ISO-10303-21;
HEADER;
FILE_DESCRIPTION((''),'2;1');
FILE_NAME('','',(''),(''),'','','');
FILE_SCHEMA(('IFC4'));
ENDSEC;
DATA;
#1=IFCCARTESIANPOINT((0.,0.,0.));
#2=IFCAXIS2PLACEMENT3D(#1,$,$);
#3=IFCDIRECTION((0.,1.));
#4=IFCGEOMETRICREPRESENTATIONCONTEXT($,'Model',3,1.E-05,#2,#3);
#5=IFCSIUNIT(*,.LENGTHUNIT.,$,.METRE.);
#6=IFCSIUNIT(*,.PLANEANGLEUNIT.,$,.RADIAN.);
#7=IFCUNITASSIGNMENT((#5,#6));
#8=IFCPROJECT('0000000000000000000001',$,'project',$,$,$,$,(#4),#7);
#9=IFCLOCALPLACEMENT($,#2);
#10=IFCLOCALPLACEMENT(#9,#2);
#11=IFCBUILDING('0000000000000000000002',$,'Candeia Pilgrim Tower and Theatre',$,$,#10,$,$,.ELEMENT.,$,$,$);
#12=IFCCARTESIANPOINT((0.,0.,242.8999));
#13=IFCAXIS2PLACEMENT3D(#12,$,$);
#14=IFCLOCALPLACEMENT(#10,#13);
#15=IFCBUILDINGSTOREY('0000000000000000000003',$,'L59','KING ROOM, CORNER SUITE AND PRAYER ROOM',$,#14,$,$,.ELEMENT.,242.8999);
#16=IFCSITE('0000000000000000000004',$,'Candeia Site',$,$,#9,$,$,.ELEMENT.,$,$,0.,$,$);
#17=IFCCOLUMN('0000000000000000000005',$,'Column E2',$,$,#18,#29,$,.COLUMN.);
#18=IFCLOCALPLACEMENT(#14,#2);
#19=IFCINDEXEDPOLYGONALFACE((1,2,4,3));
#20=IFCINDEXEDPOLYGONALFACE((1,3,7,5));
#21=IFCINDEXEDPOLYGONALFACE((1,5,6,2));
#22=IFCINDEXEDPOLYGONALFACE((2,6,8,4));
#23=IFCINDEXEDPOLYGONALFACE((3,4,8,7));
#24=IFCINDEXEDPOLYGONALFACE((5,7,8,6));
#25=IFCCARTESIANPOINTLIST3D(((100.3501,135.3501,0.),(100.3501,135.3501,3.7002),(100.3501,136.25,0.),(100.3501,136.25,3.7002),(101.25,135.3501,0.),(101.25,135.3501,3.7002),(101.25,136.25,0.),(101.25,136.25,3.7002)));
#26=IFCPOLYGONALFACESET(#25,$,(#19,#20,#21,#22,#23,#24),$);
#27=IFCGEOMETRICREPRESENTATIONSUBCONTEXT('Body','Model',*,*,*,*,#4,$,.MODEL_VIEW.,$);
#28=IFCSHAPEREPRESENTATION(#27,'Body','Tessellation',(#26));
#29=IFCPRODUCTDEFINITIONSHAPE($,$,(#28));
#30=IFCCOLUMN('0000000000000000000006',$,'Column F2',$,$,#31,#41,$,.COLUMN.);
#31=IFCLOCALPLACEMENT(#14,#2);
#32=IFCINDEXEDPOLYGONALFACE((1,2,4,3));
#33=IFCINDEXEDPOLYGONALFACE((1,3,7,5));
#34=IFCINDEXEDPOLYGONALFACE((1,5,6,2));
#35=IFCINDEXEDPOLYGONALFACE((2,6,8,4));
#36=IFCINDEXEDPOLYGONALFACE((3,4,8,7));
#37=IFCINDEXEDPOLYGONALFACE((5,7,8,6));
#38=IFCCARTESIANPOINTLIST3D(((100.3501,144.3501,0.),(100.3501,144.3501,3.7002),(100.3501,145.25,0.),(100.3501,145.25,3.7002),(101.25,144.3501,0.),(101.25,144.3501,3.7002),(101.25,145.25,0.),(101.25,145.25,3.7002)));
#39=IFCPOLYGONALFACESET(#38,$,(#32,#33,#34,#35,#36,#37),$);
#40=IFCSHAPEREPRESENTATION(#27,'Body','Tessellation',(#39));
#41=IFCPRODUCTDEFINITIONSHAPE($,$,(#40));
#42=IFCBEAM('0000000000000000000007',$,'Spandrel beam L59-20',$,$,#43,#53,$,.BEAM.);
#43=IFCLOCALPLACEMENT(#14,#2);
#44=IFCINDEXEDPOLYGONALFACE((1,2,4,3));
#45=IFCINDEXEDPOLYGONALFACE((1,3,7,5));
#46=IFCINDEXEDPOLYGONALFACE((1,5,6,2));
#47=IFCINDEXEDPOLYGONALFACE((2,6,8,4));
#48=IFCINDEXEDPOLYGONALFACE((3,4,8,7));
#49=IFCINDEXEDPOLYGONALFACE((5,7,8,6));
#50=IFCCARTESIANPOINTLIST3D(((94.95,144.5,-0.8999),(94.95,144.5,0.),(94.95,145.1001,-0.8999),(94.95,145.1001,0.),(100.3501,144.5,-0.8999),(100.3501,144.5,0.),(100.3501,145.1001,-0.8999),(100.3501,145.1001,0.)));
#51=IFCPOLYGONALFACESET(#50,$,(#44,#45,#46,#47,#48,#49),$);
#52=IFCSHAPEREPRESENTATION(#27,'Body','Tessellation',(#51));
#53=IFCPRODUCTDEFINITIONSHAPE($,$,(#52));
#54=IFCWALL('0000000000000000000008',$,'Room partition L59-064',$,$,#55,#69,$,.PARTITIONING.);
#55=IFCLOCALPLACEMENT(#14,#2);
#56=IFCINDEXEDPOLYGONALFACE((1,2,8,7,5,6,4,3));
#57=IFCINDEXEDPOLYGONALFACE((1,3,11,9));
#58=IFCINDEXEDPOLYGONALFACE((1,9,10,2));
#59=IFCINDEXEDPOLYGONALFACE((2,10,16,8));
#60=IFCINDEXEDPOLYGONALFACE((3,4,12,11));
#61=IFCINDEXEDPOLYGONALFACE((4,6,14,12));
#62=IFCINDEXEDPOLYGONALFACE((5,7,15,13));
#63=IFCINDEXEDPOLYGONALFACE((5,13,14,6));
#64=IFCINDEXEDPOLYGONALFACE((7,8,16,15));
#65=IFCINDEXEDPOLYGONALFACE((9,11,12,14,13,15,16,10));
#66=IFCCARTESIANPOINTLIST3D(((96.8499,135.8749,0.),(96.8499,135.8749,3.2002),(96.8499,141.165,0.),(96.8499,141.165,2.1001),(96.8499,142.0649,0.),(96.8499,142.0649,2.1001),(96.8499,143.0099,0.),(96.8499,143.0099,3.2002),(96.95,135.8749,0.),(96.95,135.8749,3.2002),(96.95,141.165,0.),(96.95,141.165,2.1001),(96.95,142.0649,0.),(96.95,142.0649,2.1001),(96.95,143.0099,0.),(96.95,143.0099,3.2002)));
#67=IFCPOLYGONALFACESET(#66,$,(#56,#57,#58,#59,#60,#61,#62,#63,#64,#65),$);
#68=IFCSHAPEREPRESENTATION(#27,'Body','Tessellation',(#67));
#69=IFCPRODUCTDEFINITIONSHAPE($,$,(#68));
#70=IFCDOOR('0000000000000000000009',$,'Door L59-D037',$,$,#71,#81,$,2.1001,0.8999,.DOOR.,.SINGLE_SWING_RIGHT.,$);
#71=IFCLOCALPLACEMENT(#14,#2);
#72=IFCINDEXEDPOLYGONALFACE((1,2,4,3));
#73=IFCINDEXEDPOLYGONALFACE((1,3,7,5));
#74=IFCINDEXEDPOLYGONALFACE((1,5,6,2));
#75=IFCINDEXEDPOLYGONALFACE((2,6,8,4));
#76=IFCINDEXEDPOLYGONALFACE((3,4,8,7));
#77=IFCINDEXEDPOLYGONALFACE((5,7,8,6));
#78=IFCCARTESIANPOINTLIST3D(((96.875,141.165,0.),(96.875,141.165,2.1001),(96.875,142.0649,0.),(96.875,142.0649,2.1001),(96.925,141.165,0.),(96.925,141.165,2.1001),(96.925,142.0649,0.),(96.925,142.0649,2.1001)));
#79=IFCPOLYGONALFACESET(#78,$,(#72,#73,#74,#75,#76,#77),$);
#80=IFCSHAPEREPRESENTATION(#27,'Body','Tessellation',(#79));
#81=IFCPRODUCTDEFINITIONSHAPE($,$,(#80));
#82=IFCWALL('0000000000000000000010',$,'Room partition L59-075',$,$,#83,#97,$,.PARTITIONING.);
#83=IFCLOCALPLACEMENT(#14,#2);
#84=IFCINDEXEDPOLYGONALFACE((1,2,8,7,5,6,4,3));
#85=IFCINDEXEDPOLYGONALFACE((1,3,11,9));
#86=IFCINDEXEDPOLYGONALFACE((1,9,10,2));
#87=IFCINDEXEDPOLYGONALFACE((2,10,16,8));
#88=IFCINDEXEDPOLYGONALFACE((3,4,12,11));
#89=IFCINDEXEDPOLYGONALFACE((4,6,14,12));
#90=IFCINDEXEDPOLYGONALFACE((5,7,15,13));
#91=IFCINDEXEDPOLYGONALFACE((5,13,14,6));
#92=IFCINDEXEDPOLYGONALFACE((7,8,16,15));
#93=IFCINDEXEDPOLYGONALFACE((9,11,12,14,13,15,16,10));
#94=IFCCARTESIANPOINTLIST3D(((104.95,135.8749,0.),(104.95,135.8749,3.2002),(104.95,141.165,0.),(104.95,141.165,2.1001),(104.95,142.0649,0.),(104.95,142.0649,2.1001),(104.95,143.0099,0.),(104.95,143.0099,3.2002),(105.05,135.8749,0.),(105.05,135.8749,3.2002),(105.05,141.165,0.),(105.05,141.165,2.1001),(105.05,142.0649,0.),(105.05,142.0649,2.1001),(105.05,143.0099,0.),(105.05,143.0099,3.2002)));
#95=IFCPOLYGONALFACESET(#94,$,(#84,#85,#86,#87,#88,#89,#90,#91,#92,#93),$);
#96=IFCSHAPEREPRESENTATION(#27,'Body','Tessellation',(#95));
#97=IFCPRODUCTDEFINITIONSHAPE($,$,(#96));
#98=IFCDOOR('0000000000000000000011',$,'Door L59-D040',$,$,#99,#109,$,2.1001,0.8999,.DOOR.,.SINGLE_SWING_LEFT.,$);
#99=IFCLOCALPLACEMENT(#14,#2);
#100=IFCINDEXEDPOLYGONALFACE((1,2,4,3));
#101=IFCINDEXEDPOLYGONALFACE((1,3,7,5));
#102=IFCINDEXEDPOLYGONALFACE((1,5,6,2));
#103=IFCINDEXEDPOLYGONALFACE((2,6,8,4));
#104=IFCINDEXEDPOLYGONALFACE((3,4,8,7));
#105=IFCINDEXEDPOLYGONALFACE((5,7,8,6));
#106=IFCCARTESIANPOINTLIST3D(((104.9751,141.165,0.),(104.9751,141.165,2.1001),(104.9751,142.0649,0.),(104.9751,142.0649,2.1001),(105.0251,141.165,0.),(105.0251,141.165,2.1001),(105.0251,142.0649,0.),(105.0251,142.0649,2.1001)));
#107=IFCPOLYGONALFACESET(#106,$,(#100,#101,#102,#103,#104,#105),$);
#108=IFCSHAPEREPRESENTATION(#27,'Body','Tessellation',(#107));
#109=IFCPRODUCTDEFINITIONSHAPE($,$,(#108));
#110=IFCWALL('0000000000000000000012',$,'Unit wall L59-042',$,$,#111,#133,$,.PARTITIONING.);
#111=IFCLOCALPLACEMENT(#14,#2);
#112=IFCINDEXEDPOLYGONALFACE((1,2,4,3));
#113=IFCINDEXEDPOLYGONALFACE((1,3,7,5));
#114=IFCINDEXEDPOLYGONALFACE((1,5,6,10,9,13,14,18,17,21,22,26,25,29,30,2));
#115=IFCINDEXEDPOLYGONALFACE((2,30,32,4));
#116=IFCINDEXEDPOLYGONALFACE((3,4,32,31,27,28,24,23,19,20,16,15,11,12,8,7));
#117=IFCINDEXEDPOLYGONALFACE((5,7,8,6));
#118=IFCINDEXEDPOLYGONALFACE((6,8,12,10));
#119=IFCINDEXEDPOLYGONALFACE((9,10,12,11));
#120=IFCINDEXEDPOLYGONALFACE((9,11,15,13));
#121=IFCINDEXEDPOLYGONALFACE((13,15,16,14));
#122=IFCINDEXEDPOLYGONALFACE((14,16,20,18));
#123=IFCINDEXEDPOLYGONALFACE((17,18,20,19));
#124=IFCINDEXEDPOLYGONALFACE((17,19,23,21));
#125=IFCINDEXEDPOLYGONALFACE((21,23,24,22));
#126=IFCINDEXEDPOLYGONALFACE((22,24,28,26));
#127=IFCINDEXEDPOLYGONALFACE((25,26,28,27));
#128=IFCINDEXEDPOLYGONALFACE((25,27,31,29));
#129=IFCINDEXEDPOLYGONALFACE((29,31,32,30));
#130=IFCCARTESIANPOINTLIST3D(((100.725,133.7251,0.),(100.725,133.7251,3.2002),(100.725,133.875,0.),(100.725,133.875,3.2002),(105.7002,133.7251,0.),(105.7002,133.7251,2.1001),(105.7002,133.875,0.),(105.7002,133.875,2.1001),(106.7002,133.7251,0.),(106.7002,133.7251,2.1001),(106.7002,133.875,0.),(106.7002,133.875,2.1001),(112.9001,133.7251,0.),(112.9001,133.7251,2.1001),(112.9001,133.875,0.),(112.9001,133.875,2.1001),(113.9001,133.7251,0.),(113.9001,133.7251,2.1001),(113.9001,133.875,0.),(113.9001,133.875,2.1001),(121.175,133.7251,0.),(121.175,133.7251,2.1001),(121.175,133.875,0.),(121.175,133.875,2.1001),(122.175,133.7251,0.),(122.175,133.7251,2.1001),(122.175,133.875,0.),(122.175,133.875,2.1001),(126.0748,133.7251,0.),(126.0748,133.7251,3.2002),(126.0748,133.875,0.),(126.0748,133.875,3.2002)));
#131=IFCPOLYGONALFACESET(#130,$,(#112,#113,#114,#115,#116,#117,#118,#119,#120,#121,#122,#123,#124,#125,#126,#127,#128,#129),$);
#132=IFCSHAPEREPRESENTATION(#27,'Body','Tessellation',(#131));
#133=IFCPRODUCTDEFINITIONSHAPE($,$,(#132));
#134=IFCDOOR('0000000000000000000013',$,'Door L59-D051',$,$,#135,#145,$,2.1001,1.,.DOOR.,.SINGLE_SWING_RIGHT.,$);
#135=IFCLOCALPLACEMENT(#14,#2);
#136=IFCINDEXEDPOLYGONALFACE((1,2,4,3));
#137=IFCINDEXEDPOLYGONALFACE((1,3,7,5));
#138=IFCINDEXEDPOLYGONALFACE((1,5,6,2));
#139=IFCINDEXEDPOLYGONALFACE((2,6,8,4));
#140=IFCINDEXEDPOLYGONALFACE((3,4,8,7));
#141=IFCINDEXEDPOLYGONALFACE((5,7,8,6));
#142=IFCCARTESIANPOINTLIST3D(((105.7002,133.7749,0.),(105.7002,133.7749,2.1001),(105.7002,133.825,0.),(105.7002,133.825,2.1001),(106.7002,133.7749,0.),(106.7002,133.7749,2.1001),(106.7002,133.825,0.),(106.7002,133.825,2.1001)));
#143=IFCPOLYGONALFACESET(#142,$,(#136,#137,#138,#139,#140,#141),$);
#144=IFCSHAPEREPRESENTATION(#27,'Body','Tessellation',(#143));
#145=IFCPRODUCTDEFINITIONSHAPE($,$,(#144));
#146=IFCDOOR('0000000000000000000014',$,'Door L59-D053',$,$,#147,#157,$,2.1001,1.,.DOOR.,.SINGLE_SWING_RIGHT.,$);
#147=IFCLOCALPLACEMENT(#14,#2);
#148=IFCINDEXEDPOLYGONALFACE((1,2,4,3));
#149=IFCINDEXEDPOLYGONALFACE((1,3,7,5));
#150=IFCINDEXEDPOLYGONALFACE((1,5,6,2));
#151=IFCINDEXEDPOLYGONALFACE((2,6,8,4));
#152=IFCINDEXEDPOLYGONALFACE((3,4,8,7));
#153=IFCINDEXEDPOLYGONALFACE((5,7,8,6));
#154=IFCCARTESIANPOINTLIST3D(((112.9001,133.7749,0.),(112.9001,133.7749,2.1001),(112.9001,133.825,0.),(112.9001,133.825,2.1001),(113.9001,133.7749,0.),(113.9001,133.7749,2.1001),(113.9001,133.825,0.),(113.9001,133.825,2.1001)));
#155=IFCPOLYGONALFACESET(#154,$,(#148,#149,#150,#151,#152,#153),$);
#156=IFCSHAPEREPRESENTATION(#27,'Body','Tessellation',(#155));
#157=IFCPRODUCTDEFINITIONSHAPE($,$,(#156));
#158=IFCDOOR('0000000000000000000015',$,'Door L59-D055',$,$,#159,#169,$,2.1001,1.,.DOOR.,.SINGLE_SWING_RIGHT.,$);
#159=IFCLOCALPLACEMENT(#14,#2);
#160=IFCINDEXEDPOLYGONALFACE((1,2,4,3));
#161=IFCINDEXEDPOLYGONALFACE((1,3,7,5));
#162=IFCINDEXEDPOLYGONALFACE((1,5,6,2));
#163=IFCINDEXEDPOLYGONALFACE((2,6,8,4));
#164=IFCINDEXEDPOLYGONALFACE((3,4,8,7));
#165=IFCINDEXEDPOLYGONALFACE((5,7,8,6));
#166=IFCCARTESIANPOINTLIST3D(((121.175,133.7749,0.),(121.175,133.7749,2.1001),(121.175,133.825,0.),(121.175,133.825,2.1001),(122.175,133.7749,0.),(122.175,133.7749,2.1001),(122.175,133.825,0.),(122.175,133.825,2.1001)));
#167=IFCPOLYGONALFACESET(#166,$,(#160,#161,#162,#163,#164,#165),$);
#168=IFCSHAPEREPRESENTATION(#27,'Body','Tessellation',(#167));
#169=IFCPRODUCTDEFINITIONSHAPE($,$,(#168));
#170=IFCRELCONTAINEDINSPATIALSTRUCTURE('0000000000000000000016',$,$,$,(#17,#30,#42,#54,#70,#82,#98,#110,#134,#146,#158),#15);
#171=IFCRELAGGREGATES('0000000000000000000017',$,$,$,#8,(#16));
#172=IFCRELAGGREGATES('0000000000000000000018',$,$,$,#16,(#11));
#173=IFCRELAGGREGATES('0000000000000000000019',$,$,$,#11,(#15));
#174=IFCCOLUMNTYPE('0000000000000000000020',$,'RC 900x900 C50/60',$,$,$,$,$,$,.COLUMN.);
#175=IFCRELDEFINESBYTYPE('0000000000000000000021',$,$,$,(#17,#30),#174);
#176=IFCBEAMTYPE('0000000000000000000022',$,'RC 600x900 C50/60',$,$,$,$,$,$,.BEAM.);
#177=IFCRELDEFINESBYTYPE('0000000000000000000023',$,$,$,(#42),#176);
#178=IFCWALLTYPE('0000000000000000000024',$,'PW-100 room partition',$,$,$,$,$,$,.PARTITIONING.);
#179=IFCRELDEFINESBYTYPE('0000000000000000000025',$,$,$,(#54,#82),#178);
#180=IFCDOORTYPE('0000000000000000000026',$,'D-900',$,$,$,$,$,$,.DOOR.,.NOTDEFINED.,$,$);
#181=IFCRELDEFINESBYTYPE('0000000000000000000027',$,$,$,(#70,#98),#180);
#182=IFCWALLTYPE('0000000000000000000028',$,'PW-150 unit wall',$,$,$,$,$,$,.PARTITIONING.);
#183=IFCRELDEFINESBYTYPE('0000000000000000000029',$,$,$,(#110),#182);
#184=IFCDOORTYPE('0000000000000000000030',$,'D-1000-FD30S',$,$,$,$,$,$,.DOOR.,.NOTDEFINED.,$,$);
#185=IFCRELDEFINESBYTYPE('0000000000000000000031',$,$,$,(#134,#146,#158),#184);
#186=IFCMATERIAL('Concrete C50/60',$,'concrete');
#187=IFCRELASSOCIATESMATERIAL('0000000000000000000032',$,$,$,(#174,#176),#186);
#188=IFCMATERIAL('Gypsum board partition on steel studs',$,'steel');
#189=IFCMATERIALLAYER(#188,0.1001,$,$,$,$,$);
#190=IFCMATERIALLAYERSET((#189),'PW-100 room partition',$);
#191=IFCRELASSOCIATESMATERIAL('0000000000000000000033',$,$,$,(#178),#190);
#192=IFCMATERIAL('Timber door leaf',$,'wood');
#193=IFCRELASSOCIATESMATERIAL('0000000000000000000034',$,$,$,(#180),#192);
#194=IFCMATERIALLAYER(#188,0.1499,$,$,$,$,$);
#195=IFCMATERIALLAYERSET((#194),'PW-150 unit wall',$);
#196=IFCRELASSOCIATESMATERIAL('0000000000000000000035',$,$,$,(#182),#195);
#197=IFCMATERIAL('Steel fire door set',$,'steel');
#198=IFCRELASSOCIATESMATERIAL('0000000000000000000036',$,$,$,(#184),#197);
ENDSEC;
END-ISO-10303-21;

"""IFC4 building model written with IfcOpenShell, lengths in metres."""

from ifc_helpers import new_model, si_unit, direction, frame, frame_2d, origin, origin_2d, place, context, subcontext, project, spatial, rectangle, extrude, material, layer, layer_set, material_profile, profile_set, type_object, element, fill, save


model = new_model("IFC4")

# Units and contexts
model_context = context("Model", 3, precision=1e-05, world=origin(), true_north=direction((0.0, 1.0)))
body_context = subcontext(model_context, "Body", "Model", "MODEL_VIEW")
ifc_project = project(units=[si_unit("LENGTHUNIT", "METRE"), si_unit("PLANEANGLEUNIT", "RADIAN")], contexts=[model_context])

# Site, building, storey
site_placement = place(None, origin())
site = spatial("IfcSite", under=ifc_project, at=site_placement, Name="Candeia Site", CompositionType="ELEMENT", RefElevation=0.0)
building_placement = place(site_placement, origin())
building = spatial("IfcBuilding", under=site, at=building_placement, Name="Candeia Pilgrim Tower and Theatre", CompositionType="ELEMENT")
storey_placement = place(building_placement, frame((0.0, 0.0, 242.8999)))
storey = spatial("IfcBuildingStorey", under=building, at=storey_placement, Name="L59", Description="KING ROOM, CORNER SUITE AND PRAYER ROOM", CompositionType="ELEMENT", Elevation=242.8999)

# Columns
ifc_material_1 = material(Name="Concrete C50/60", Category="concrete")
ifc_material_profile_1 = material_profile(ifc_material_1, rectangle(XDim=0.8999, YDim=0.8999, at=origin_2d()))
ifc_profile_set_1 = profile_set([ifc_material_profile_1], Name="Concrete C50/60")
column_type = type_object("IfcColumnType", Name="RC 900x900 C50/60", PredefinedType="COLUMN", material=ifc_profile_set_1)
for number, where, z_axis, x_axis, name in (
    (1, (100.8, 135.8, 0.0), (0.0, 0.0, 1.0), (1.0, 0.0, 0.0), "Column E2"),
    (2, (100.8, 144.8, 0.0), (0.0, 0.0, 1.0), (1.0, 0.0, 0.0), "Column F2"),
):
    element("IfcColumn", number, at=place(storey_placement, frame(where, z_axis=z_axis, x_axis=x_axis)), inside=storey, type_object=column_type, Name=name, PredefinedType="COLUMN", context=body_context, shape_type="SweptSolid", body=[
        extrude(rectangle(XDim=0.8999, YDim=0.8999, at=origin_2d()), origin(), (0.0, 0.0, 1.0), 3.7002),
    ])

# Beam
ifc_material_profile_2 = material_profile(ifc_material_1, rectangle(XDim=0.6001, YDim=0.8999, at=origin_2d()))
ifc_profile_set_2 = profile_set([ifc_material_profile_2], Name="Concrete C50/60")
beam_type = type_object("IfcBeamType", Name="RC 600x900 C50/60", PredefinedType="BEAM", material=ifc_profile_set_2)
beam_placement = place(storey_placement, frame((100.3501, 144.8, -0.45), z_axis=(-1.0, 0.0, 0.0), x_axis=(0.0, -1.0, 0.0)))
element("IfcBeam", 3, at=beam_placement, inside=storey, type_object=beam_type, Name="Spandrel beam L59-20", PredefinedType="BEAM", context=body_context, shape_type="SweptSolid", body=[
    extrude(rectangle(XDim=0.6001, YDim=0.8999, at=origin_2d()), origin(), (0.0, 0.0, 1.0), 5.4001),
])

# Walls, openings, doors
ifc_material_2 = material(Name="Gypsum board partition on steel studs", Category="steel")
ifc_layer_1 = layer(ifc_material_2, 0.1001)
ifc_layer_set_1 = layer_set([ifc_layer_1], Name="PW-100 room partition")
wall_type_1 = type_object("IfcWallType", Name="PW-100 room partition", PredefinedType="PARTITIONING", material=ifc_layer_set_1)
wall_1_placement = place(storey_placement, frame((96.8999, 135.875, 0.0), z_axis=(0.0, 0.0, 1.0), x_axis=(0.0, 1.0, 0.0)))
wall_1 = element("IfcWall", 4, at=wall_1_placement, inside=storey, type_object=wall_type_1, Name="Room partition L59-064", PredefinedType="PARTITIONING", context=body_context, shape_type="SweptSolid", body=[
    extrude(rectangle(XDim=7.135, YDim=0.1001, at=frame_2d((3.5674, 0.0))), origin(), (0.0, 0.0, 1.0), 3.2002),
])
opening_1_placement = place(wall_1_placement, frame((5.29, 0.0, 0.0)))
opening_1 = element("IfcOpeningElement", 5, at=opening_1_placement, cuts=wall_1, PredefinedType="OPENING", context=body_context, shape_type="SweptSolid", body=[
    extrude(rectangle(XDim=0.8999, YDim=2.1001, at=frame_2d((0.45, 1.05))), frame((0.0, 0.0601, 0.0), z_axis=(0.0, -1.0, 0.0), x_axis=(1.0, 0.0, 0.0)), (0.0, 0.0, 1.0), 0.1201),
])
ifc_material_3 = material(Name="Timber door leaf", Category="wood")
door_type_1 = type_object("IfcDoorType", Name="D-900", OperationType="NOTDEFINED", PredefinedType="DOOR", material=ifc_material_3)
door_1_placement = place(opening_1_placement, origin())
door_1 = element("IfcDoor", 6, at=door_1_placement, inside=storey, type_object=door_type_1, Name="Door L59-D037", OperationType="SINGLE_SWING_RIGHT", OverallHeight=2.1001, OverallWidth=0.8999, PredefinedType="DOOR", context=body_context, shape_type="SweptSolid", body=[
    extrude(rectangle(XDim=0.8999, YDim=2.1001, at=frame_2d((0.45, 1.05))), frame((0.0, 0.0249, 0.0), z_axis=(0.0, -1.0, 0.0), x_axis=(1.0, 0.0, 0.0)), (0.0, 0.0, 1.0), 0.05),
])
fill(opening_1, door_1)
wall_2_placement = place(storey_placement, frame((105.0, 135.875, 0.0), z_axis=(0.0, 0.0, 1.0), x_axis=(0.0, 1.0, 0.0)))
wall_2 = element("IfcWall", 7, at=wall_2_placement, inside=storey, type_object=wall_type_1, Name="Room partition L59-075", PredefinedType="PARTITIONING", context=body_context, shape_type="SweptSolid", body=[
    extrude(rectangle(XDim=7.135, YDim=0.1001, at=frame_2d((3.5674, 0.0))), origin(), (0.0, 0.0, 1.0), 3.2002),
])
opening_2_placement = place(wall_2_placement, frame((5.29, 0.0, 0.0)))
opening_2 = element("IfcOpeningElement", 8, at=opening_2_placement, cuts=wall_2, PredefinedType="OPENING", context=body_context, shape_type="SweptSolid", body=[
    extrude(rectangle(XDim=0.8999, YDim=2.1001, at=frame_2d((0.45, 1.05))), frame((0.0, 0.0601, 0.0), z_axis=(0.0, -1.0, 0.0), x_axis=(1.0, 0.0, 0.0)), (0.0, 0.0, 1.0), 0.1201),
])
door_2_placement = place(opening_2_placement, origin())
door_2 = element("IfcDoor", 9, at=door_2_placement, inside=storey, type_object=door_type_1, Name="Door L59-D040", OperationType="SINGLE_SWING_LEFT", OverallHeight=2.1001, OverallWidth=0.8999, PredefinedType="DOOR", context=body_context, shape_type="SweptSolid", body=[
    extrude(rectangle(XDim=0.8999, YDim=2.1001, at=frame_2d((0.45, 1.05))), frame((0.0, 0.0249, 0.0), z_axis=(0.0, -1.0, 0.0), x_axis=(1.0, 0.0, 0.0)), (0.0, 0.0, 1.0), 0.05),
])
fill(opening_2, door_2)

# Wall, openings, doors
ifc_layer_2 = layer(ifc_material_2, 0.1499)
ifc_layer_set_2 = layer_set([ifc_layer_2], Name="PW-150 unit wall")
wall_type_2 = type_object("IfcWallType", Name="PW-150 unit wall", PredefinedType="PARTITIONING", material=ifc_layer_set_2)
wall_3_placement = place(storey_placement, frame((100.7251, 133.8, 0.0), z_axis=(0.0, 0.0, 1.0), x_axis=(1.0, 0.0, 0.0)))
wall_3 = element("IfcWall", 10, at=wall_3_placement, inside=storey, type_object=wall_type_2, Name="Unit wall L59-042", PredefinedType="PARTITIONING", context=body_context, shape_type="SweptSolid", body=[
    extrude(rectangle(XDim=25.3499, YDim=0.1499, at=frame_2d((12.6748, 0.0))), origin(), (0.0, 0.0, 1.0), 3.2002),
])
opening_3_placement = place(wall_3_placement, frame((4.9751, 0.0, 0.0)))
opening_3 = element("IfcOpeningElement", 11, at=opening_3_placement, cuts=wall_3, PredefinedType="OPENING", context=body_context, shape_type="SweptSolid", body=[
    extrude(rectangle(XDim=1.0, YDim=2.1001, at=frame_2d((0.5, 1.05))), frame((0.0, 0.085, 0.0), z_axis=(0.0, -1.0, 0.0), x_axis=(1.0, 0.0, 0.0)), (0.0, 0.0, 1.0), 0.1699),
])
opening_4_placement = place(wall_3_placement, frame((12.175, 0.0, 0.0)))
opening_4 = element("IfcOpeningElement", 12, at=opening_4_placement, cuts=wall_3, PredefinedType="OPENING", context=body_context, shape_type="SweptSolid", body=[
    extrude(rectangle(XDim=1.0, YDim=2.1001, at=frame_2d((0.5, 1.05))), frame((0.0, 0.085, 0.0), z_axis=(0.0, -1.0, 0.0), x_axis=(1.0, 0.0, 0.0)), (0.0, 0.0, 1.0), 0.1699),
])
opening_5_placement = place(wall_3_placement, frame((20.45, 0.0, 0.0)))
opening_5 = element("IfcOpeningElement", 13, at=opening_5_placement, cuts=wall_3, PredefinedType="OPENING", context=body_context, shape_type="SweptSolid", body=[
    extrude(rectangle(XDim=1.0, YDim=2.1001, at=frame_2d((0.5, 1.05))), frame((0.0, 0.085, 0.0), z_axis=(0.0, -1.0, 0.0), x_axis=(1.0, 0.0, 0.0)), (0.0, 0.0, 1.0), 0.1699),
])
ifc_material_4 = material(Name="Steel fire door set", Category="steel")
door_type_2 = type_object("IfcDoorType", Name="D-1000-FD30S", OperationType="NOTDEFINED", PredefinedType="DOOR", material=ifc_material_4)
door_3_placement = place(opening_3_placement, origin())
door_3 = element("IfcDoor", 14, at=door_3_placement, inside=storey, type_object=door_type_2, Name="Door L59-D051", OperationType="SINGLE_SWING_RIGHT", OverallHeight=2.1001, OverallWidth=1.0, PredefinedType="DOOR", context=body_context, shape_type="SweptSolid", body=[
    extrude(rectangle(XDim=1.0, YDim=2.1001, at=frame_2d((0.5, 1.05))), frame((0.0, 0.0249, 0.0), z_axis=(0.0, -1.0, 0.0), x_axis=(1.0, 0.0, 0.0)), (0.0, 0.0, 1.0), 0.05),
])
fill(opening_3, door_3)
door_4_placement = place(opening_4_placement, origin())
door_4 = element("IfcDoor", 15, at=door_4_placement, inside=storey, type_object=door_type_2, Name="Door L59-D053", OperationType="SINGLE_SWING_RIGHT", OverallHeight=2.1001, OverallWidth=1.0, PredefinedType="DOOR", context=body_context, shape_type="SweptSolid", body=[
    extrude(rectangle(XDim=1.0, YDim=2.1001, at=frame_2d((0.5, 1.05))), frame((0.0, 0.0249, 0.0), z_axis=(0.0, -1.0, 0.0), x_axis=(1.0, 0.0, 0.0)), (0.0, 0.0, 1.0), 0.05),
])
fill(opening_4, door_4)
door_5_placement = place(opening_5_placement, origin())
door_5 = element("IfcDoor", 16, at=door_5_placement, inside=storey, type_object=door_type_2, Name="Door L59-D055", OperationType="SINGLE_SWING_RIGHT", OverallHeight=2.1001, OverallWidth=1.0, PredefinedType="DOOR", context=body_context, shape_type="SweptSolid", body=[
    extrude(rectangle(XDim=1.0, YDim=2.1001, at=frame_2d((0.5, 1.05))), frame((0.0, 0.0249, 0.0), z_axis=(0.0, -1.0, 0.0), x_axis=(1.0, 0.0, 0.0)), (0.0, 0.0, 1.0), 0.05),
])
fill(opening_5, door_5)

save(model, "model.ifc")
